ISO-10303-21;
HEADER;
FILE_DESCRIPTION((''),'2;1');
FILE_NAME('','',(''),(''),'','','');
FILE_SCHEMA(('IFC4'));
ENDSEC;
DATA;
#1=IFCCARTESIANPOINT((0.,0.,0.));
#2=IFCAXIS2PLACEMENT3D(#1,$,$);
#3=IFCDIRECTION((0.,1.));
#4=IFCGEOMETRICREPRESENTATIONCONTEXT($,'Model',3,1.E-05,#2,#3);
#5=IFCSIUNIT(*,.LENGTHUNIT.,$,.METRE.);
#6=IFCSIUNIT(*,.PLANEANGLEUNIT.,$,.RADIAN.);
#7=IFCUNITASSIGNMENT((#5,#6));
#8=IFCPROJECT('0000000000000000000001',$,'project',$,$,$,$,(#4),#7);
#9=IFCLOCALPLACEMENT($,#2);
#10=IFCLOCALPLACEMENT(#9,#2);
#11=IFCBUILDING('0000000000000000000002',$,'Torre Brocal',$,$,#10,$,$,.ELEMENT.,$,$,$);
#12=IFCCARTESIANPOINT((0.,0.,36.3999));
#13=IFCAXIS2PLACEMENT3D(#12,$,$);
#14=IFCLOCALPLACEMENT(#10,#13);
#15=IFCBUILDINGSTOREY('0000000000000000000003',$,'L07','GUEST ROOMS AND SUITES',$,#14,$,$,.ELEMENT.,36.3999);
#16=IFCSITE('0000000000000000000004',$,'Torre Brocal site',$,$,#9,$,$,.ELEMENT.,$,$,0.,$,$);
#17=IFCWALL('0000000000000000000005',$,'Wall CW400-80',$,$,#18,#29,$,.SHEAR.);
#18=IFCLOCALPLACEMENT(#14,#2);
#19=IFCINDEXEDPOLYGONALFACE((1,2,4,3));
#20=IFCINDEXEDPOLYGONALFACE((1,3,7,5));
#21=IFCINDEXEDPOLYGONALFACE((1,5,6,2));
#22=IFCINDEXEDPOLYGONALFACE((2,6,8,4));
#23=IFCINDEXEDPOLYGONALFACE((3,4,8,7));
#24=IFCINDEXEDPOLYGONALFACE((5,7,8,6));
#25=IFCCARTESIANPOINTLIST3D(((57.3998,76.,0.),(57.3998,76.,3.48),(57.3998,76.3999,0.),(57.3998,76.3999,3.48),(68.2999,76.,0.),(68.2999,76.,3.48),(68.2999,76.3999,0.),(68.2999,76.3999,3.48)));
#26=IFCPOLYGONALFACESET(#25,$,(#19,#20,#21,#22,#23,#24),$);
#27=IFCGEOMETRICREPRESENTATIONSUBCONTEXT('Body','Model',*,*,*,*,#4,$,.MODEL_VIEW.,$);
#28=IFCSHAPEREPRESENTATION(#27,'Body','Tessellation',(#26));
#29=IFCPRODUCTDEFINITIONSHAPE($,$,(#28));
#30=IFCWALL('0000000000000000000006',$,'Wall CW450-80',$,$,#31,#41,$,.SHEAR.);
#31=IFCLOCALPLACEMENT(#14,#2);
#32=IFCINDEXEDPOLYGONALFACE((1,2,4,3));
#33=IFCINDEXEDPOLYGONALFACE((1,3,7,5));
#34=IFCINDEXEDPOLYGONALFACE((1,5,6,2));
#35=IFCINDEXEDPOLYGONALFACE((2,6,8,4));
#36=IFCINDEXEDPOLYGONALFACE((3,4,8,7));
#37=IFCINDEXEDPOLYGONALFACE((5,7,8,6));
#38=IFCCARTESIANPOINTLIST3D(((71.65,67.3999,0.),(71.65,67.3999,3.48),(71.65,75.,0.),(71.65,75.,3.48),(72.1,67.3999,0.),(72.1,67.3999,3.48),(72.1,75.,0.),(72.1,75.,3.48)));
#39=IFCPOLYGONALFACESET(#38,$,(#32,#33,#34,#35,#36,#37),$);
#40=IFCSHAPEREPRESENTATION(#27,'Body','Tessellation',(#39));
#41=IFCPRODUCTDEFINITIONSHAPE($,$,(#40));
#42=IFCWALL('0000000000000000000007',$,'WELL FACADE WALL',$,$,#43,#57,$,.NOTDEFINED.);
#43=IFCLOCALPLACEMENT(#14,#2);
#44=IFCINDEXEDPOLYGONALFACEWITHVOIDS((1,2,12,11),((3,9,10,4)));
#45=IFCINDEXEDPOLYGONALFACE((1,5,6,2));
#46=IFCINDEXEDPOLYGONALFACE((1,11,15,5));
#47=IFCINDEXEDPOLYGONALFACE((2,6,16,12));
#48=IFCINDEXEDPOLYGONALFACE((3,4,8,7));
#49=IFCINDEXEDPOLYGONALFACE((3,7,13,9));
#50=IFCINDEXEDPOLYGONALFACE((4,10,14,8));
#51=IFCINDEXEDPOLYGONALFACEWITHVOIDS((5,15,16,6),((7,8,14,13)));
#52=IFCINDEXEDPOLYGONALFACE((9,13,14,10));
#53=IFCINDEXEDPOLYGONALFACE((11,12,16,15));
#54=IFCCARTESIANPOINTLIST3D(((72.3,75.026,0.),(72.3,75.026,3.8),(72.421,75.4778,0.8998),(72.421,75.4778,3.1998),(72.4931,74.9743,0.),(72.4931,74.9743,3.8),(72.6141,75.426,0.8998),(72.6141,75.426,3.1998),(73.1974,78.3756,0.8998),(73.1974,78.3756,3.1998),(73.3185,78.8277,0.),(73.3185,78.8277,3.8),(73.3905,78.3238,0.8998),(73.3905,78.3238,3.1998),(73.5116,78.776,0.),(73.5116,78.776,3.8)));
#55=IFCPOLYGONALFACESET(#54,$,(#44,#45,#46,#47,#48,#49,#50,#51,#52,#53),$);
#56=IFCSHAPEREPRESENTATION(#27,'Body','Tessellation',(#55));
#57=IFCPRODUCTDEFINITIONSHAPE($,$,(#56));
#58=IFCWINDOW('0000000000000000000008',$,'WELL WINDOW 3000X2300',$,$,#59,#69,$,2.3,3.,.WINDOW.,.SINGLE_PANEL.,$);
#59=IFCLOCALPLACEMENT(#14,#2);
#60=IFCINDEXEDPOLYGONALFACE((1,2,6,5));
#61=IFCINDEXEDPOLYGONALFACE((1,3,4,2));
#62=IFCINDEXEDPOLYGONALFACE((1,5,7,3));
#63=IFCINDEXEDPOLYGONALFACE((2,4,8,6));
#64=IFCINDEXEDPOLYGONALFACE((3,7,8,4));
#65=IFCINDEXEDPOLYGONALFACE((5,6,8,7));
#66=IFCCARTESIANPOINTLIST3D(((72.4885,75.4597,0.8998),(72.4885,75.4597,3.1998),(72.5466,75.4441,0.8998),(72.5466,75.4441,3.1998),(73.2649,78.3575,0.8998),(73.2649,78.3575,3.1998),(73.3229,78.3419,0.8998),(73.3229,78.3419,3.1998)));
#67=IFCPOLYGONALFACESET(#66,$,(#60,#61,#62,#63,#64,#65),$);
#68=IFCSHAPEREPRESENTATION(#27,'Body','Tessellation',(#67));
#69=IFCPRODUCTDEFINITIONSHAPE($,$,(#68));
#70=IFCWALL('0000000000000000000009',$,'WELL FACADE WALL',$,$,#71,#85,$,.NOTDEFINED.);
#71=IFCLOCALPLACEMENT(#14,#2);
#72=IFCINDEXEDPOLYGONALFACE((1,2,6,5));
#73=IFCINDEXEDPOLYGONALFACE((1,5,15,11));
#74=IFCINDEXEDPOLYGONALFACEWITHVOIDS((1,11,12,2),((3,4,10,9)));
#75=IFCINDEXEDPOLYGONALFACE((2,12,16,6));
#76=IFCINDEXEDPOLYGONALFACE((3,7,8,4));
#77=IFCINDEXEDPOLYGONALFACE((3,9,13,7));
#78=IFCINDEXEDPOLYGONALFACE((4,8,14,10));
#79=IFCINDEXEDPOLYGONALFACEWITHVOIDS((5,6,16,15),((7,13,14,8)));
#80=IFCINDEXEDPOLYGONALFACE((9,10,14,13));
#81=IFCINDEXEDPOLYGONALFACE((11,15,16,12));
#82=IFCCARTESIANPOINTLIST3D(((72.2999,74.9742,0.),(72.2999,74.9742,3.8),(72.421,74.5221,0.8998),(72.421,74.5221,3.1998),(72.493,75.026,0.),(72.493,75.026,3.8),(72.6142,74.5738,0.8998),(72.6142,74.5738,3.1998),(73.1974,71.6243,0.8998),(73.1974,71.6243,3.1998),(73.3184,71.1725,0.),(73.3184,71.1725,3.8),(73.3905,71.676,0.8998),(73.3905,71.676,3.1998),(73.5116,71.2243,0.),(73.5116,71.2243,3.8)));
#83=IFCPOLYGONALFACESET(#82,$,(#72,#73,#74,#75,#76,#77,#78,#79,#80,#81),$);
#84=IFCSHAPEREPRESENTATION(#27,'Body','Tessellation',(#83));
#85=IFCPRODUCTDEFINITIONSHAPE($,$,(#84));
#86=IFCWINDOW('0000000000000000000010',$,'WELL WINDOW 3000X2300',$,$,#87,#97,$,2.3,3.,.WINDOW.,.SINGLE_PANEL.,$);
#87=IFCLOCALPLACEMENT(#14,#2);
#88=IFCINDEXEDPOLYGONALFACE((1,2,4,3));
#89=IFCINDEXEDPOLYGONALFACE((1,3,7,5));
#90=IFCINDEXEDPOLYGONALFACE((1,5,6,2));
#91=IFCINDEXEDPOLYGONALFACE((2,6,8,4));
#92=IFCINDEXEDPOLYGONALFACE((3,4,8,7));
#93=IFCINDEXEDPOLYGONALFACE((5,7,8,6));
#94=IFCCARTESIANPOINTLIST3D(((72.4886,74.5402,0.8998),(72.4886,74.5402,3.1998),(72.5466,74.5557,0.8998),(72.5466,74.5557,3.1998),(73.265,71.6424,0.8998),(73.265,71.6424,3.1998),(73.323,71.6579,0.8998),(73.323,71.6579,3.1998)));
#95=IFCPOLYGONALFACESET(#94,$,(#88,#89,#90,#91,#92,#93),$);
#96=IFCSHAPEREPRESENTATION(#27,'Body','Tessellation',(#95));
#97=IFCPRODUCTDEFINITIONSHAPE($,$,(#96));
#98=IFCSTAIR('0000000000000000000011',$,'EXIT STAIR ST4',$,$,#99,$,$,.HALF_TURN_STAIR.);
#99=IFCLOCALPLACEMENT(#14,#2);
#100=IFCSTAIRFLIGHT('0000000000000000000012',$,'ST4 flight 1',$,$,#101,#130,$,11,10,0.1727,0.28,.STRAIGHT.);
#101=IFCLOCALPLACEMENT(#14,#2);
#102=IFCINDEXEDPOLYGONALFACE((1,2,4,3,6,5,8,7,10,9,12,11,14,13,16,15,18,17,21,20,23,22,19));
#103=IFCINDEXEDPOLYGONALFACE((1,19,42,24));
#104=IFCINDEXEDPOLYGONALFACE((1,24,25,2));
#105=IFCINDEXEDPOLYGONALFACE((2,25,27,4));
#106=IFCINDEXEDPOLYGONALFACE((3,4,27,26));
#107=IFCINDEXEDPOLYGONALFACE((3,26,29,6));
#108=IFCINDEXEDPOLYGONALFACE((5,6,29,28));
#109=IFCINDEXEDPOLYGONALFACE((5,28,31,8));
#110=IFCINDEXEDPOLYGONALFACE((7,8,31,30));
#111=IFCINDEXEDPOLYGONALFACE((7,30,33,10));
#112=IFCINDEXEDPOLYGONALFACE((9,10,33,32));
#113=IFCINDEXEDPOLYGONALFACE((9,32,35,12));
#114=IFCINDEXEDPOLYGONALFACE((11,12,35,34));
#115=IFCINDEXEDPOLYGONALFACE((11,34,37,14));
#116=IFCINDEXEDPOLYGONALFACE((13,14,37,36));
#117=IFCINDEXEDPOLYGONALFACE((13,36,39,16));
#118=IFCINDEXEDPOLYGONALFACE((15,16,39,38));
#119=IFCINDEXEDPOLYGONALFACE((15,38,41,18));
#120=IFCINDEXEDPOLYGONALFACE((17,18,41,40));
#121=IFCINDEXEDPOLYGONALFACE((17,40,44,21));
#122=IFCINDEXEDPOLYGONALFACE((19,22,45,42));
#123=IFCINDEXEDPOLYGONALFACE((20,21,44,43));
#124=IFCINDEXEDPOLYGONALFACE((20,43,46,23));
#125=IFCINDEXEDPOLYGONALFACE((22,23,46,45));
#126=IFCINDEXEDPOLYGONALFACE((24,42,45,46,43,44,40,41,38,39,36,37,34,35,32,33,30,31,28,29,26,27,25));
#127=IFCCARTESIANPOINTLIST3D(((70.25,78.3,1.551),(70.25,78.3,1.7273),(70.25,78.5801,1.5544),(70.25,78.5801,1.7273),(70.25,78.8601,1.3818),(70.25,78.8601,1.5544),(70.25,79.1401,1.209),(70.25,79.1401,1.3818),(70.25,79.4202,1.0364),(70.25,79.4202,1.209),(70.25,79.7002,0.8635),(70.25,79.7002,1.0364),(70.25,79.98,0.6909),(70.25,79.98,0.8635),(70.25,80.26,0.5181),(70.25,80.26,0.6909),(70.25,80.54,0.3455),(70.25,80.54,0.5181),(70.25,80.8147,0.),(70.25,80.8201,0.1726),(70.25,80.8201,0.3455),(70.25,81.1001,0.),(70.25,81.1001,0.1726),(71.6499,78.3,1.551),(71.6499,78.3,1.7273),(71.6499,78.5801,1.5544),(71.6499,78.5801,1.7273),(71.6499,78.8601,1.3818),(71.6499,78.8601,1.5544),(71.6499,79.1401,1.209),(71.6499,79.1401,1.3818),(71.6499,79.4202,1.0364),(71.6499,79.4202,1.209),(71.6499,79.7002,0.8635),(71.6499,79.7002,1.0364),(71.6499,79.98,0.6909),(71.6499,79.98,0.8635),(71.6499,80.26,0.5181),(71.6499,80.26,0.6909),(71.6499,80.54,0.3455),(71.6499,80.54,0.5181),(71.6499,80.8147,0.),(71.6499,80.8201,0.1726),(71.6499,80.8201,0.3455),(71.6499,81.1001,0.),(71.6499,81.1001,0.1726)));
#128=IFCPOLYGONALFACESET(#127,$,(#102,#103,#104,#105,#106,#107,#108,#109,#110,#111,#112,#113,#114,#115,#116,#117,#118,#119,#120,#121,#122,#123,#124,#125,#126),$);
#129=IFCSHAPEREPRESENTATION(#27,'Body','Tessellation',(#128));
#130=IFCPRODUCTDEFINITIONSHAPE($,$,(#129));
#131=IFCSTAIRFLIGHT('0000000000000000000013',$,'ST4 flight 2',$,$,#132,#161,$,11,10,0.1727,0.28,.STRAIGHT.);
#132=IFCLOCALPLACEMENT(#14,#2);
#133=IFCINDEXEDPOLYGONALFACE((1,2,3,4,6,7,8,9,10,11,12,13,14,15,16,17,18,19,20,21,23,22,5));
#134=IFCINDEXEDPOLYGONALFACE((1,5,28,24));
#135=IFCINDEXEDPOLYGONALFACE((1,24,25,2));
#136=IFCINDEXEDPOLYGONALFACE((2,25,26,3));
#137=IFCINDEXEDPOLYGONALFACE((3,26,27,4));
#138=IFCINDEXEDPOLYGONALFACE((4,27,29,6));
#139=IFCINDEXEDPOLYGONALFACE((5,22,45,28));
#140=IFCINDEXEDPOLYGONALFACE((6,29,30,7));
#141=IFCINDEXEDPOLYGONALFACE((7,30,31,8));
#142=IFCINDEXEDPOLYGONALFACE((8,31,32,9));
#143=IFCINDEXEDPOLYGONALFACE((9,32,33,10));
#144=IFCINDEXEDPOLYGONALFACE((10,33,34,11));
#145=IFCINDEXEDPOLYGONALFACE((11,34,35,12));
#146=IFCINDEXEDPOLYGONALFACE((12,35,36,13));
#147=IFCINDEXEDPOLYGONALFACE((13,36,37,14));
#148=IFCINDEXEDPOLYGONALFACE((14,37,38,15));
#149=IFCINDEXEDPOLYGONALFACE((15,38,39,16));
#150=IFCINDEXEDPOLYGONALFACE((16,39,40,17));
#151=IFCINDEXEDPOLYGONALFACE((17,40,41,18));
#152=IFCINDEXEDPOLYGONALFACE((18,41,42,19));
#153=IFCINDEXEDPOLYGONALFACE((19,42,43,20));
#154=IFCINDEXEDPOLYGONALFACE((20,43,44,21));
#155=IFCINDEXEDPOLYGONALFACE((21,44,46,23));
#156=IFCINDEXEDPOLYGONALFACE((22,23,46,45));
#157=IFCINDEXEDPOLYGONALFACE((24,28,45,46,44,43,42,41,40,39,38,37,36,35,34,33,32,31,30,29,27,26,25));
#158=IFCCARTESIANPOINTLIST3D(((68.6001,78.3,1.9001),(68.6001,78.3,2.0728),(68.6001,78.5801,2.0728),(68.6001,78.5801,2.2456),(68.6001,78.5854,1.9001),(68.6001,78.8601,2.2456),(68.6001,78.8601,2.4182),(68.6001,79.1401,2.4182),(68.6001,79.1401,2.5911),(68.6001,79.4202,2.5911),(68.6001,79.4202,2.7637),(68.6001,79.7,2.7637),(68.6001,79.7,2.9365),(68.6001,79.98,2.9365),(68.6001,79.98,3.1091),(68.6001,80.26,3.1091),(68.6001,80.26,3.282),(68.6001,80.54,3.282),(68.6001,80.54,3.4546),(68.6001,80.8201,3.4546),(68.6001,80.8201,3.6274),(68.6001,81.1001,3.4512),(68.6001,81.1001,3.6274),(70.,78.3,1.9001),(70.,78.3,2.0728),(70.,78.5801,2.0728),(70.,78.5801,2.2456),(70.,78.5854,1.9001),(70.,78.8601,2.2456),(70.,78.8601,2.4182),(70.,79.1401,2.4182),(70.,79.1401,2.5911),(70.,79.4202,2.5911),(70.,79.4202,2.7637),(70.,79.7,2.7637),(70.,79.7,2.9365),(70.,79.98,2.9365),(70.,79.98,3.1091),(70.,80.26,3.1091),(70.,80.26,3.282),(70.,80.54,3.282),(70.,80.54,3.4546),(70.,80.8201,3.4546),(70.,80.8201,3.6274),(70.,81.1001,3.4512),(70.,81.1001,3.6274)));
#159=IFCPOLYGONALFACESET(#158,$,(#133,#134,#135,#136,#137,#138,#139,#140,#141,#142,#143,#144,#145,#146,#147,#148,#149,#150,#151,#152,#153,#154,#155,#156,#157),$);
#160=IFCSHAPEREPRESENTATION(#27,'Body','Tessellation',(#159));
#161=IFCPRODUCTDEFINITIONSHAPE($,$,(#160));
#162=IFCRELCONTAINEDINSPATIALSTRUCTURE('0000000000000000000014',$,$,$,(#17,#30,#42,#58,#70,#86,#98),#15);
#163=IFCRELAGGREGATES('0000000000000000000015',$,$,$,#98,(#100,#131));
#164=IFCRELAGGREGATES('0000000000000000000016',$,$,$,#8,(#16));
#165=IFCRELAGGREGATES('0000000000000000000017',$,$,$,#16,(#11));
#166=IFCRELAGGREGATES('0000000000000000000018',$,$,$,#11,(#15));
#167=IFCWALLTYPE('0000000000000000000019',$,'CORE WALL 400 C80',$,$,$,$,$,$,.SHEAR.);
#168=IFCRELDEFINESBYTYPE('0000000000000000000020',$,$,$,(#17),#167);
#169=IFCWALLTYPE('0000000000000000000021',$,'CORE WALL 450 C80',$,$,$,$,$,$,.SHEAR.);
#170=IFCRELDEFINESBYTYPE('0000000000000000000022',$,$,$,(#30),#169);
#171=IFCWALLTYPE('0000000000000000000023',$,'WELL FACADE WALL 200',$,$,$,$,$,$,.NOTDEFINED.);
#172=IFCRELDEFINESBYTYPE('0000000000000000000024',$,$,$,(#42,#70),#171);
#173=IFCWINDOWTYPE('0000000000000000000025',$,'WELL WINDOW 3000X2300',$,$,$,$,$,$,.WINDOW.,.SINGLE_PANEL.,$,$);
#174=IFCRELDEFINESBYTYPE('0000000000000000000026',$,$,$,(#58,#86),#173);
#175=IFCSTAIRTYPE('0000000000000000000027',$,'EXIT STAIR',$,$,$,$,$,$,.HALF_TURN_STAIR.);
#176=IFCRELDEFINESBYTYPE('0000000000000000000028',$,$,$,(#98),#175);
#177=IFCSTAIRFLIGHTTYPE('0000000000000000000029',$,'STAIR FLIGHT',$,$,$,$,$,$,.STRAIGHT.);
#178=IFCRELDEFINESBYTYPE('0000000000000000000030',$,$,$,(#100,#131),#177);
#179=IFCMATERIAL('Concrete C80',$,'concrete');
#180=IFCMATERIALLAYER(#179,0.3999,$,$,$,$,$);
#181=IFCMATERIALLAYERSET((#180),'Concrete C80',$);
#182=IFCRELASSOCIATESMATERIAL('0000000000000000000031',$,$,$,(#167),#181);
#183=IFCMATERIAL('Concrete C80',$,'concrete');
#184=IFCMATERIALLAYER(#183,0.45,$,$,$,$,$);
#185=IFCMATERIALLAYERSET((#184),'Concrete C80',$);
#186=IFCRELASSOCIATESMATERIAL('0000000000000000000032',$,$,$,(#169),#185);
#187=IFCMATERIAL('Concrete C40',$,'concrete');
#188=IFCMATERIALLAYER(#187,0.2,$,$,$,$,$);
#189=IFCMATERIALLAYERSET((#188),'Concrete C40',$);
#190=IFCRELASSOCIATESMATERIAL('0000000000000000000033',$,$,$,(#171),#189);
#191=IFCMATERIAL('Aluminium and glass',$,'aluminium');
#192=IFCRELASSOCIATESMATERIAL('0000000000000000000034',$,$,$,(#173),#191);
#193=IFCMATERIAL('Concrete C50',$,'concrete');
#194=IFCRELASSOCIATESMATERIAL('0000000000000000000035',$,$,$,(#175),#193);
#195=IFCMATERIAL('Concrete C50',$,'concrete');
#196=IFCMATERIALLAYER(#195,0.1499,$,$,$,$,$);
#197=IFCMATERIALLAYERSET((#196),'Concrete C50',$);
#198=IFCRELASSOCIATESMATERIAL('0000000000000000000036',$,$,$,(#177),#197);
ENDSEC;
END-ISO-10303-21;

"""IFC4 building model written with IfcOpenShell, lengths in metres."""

from ifc_helpers import new_model, si_unit, direction, frame, frame_2d, origin, place, context, subcontext, project, spatial, polyline, rectangle, outline, extrude, material, layer, layer_set, type_object, element, fill, aggregate, save


model = new_model("IFC4")

# Units and contexts
model_context = context("Model", 3, precision=1e-05, world=origin(), true_north=direction((0.0, 1.0)))
body_context = subcontext(model_context, "Body", "Model", "MODEL_VIEW")
ifc_project = project(units=[si_unit("LENGTHUNIT", "METRE"), si_unit("PLANEANGLEUNIT", "RADIAN")], contexts=[model_context])

# Site, building, storey
site_placement = place(None, origin())
site = spatial("IfcSite", under=ifc_project, at=site_placement, Name="Torre Brocal site", CompositionType="ELEMENT", RefElevation=0.0)
building_placement = place(site_placement, origin())
building = spatial("IfcBuilding", under=site, at=building_placement, Name="Torre Brocal", CompositionType="ELEMENT")
storey_placement = place(building_placement, frame((0.0, 0.0, 36.3999)))
storey = spatial("IfcBuildingStorey", under=building, at=storey_placement, Name="L07", Description="GUEST ROOMS AND SUITES", CompositionType="ELEMENT", Elevation=36.3999)

# Walls
ifc_material_1 = material(Name="Concrete C80", Category="concrete")
ifc_layer_1 = layer(ifc_material_1, 0.3999)
ifc_layer_set_1 = layer_set([ifc_layer_1], Name="Concrete C80")
wall_type_1 = type_object("IfcWallType", Name="CORE WALL 400 C80", PredefinedType="SHEAR", material=ifc_layer_set_1)
wall_1_placement = place(storey_placement, frame((68.3, 76.2, 0.0), z_axis=(0.0, 0.0, 1.0), x_axis=(-1.0, 0.0, 0.0)))
element("IfcWall", 1, at=wall_1_placement, inside=storey, type_object=wall_type_1, Name="Wall CW400-80", PredefinedType="SHEAR", context=body_context, shape_type="SweptSolid", body=[
    extrude(rectangle(XDim=10.9001, YDim=0.3999, at=frame_2d((5.4502, 0.0))), origin(), (0.0, 0.0, 1.0), 3.48),
])
ifc_material_2 = material(Name="Concrete C80", Category="concrete")
ifc_layer_2 = layer(ifc_material_2, 0.45)
ifc_layer_set_2 = layer_set([ifc_layer_2], Name="Concrete C80")
wall_type_2 = type_object("IfcWallType", Name="CORE WALL 450 C80", PredefinedType="SHEAR", material=ifc_layer_set_2)
wall_2_placement = place(storey_placement, frame((71.875, 75.0, 0.0), z_axis=(0.0, 0.0, 1.0), x_axis=(0.0, -1.0, 0.0)))
element("IfcWall", 2, at=wall_2_placement, inside=storey, type_object=wall_type_2, Name="Wall CW450-80", PredefinedType="SHEAR", context=body_context, shape_type="SweptSolid", body=[
    extrude(rectangle(XDim=7.6001, YDim=0.45, at=frame_2d((3.8, 0.0))), origin(), (0.0, 0.0, 1.0), 3.48),
])

# Walls, openings, windows
ifc_material_3 = material(Name="Concrete C40", Category="concrete")
ifc_layer_3 = layer(ifc_material_3, 0.2)
ifc_layer_set_3 = layer_set([ifc_layer_3], Name="Concrete C40")
wall_type_3 = type_object("IfcWallType", Name="WELL FACADE WALL 200", PredefinedType="NOTDEFINED", material=ifc_layer_set_3)
wall_3_placement = place(storey_placement, frame((73.415, 78.8018, 0.0), z_axis=(0.0, 0.0, 1.0), x_axis=(-0.25879, -0.965934, 0.0)))
wall_3 = element("IfcWall", 3, at=wall_3_placement, inside=storey, type_object=wall_type_3, Name="WELL FACADE WALL", PredefinedType="NOTDEFINED", context=body_context, shape_type="SweptSolid", body=[
    extrude(rectangle(XDim=3.9358, YDim=0.2, at=frame_2d((1.9678, 0.0))), origin(), (0.0, 0.0, 1.0), 3.8),
])
opening_1_placement = place(wall_3_placement, frame((0.468, 0.0, 0.8999)))
opening_1 = element("IfcOpeningElement", 4, at=opening_1_placement, cuts=wall_3, PredefinedType="OPENING", context=body_context, shape_type="SweptSolid", body=[
    extrude(rectangle(XDim=3.0, YDim=2.3, at=frame_2d((1.5, 1.1499))), frame((0.0, 0.1099, 0.0), z_axis=(0.0, -1.0, 0.0), x_axis=(1.0, 0.0, 0.0)), (0.0, 0.0, 1.0), 0.22),
])
ifc_material_4 = material(Name="Aluminium and glass", Category="aluminium")
window_type = type_object("IfcWindowType", Name="WELL WINDOW 3000X2300", PartitioningType="SINGLE_PANEL", PredefinedType="WINDOW", material=ifc_material_4)
window_1_placement = place(opening_1_placement, origin())
window_1 = element("IfcWindow", 5, at=window_1_placement, inside=storey, type_object=window_type, Name="WELL WINDOW 3000X2300", OverallHeight=2.3, OverallWidth=3.0, PartitioningType="SINGLE_PANEL", PredefinedType="WINDOW", context=body_context, shape_type="SweptSolid", body=[
    extrude(rectangle(XDim=3.0, YDim=2.3, at=frame_2d((1.5, 1.1499))), frame((0.0, 0.03, 0.0), z_axis=(0.0, -1.0, 0.0), x_axis=(1.0, 0.0, 0.0)), (0.0, 0.0, 1.0), 0.0601),
])
fill(opening_1, window_1)
wall_4_placement = place(storey_placement, frame((72.3965, 75.0, 0.0), z_axis=(0.0, 0.0, 1.0), x_axis=(0.25879, -0.965934, 0.0)))
wall_4 = element("IfcWall", 6, at=wall_4_placement, inside=storey, type_object=wall_type_3, Name="WELL FACADE WALL", PredefinedType="NOTDEFINED", context=body_context, shape_type="SweptSolid", body=[
    extrude(rectangle(XDim=3.9358, YDim=0.2, at=frame_2d((1.9678, 0.0))), origin(), (0.0, 0.0, 1.0), 3.8),
])
opening_2_placement = place(wall_4_placement, frame((0.468, 0.0, 0.8999)))
opening_2 = element("IfcOpeningElement", 7, at=opening_2_placement, cuts=wall_4, PredefinedType="OPENING", context=body_context, shape_type="SweptSolid", body=[
    extrude(rectangle(XDim=3.0, YDim=2.3, at=frame_2d((1.5, 1.1499))), frame((0.0, 0.1099, 0.0), z_axis=(0.0, -1.0, 0.0), x_axis=(1.0, 0.0, 0.0)), (0.0, 0.0, 1.0), 0.22),
])
window_2_placement = place(opening_2_placement, origin())
window_2 = element("IfcWindow", 8, at=window_2_placement, inside=storey, type_object=window_type, Name="WELL WINDOW 3000X2300", OverallHeight=2.3, OverallWidth=3.0, PartitioningType="SINGLE_PANEL", PredefinedType="WINDOW", context=body_context, shape_type="SweptSolid", body=[
    extrude(rectangle(XDim=3.0, YDim=2.3, at=frame_2d((1.5, 1.1499))), frame((0.0, 0.03, 0.0), z_axis=(0.0, -1.0, 0.0), x_axis=(1.0, 0.0, 0.0)), (0.0, 0.0, 1.0), 0.0601),
])
fill(opening_2, window_2)

# Stair, stair flights
ifc_material_5 = material(Name="Concrete C50", Category="concrete")
stair_type = type_object("IfcStairType", Name="EXIT STAIR", PredefinedType="HALF_TURN_STAIR", material=ifc_material_5)
stair_placement = place(storey_placement, origin())
stair = element("IfcStair", 9, at=stair_placement, inside=storey, type_object=stair_type, Name="EXIT STAIR ST4", PredefinedType="HALF_TURN_STAIR")
ifc_material_6 = material(Name="Concrete C50", Category="concrete")
ifc_layer_4 = layer(ifc_material_6, 0.1499)
ifc_layer_set_4 = layer_set([ifc_layer_4], Name="Concrete C50")
stair_flight_type = type_object("IfcStairFlightType", Name="STAIR FLIGHT", PredefinedType="STRAIGHT", material=ifc_layer_set_4)
stair_flight_1_placement = place(storey_placement, frame((70.95, 81.1001, 0.0), z_axis=(0.0, 0.0, 1.0), x_axis=(0.0, -1.0, 0.0)))
stair_flight_1 = element("IfcStairFlight", 10, at=stair_flight_1_placement, type_object=stair_flight_type, Name="ST4 flight 1", NumberOfRisers=11, NumberOfTreads=10, PredefinedType="STRAIGHT", RiserHeight=0.1727, TreadLength=0.28, context=body_context, shape_type="SweptSolid", body=[
    extrude(outline(polyline([(0.0, 0.0), (0.0, 0.1726), (0.28, 0.1726), (0.28, 0.3455), (0.5601, 0.3455), (0.5601, 0.5181), (0.8401, 0.5181), (0.8401, 0.6909), (1.1201, 0.6909), (1.1201, 0.8635), (1.3999, 0.8635), (1.3999, 1.0364), (1.6799, 1.0364), (1.6799, 1.209), (1.96, 1.209), (1.96, 1.3818), (2.24, 1.3818), (2.24, 1.5544), (2.52, 1.5544), (2.52, 1.7273), (2.8, 1.7273), (2.8, 1.8999), (2.8, 1.551), (0.2854, 0.0), (0.0, 0.0)])), frame((0.0, 0.7, 0.0), z_axis=(0.0, -1.0, 0.0), x_axis=(1.0, 0.0, 0.0)), (0.0, 0.0, 1.0), 1.3999),
])
stair_flight_2_placement = place(storey_placement, frame((69.3, 78.3, 1.9001), z_axis=(0.0, 0.0, 1.0), x_axis=(0.0, 1.0, 0.0)))
stair_flight_2 = element("IfcStairFlight", 11, at=stair_flight_2_placement, type_object=stair_flight_type, Name="ST4 flight 2", NumberOfRisers=11, NumberOfTreads=10, PredefinedType="STRAIGHT", RiserHeight=0.1727, TreadLength=0.28, context=body_context, shape_type="SweptSolid", body=[
    extrude(outline(polyline([(0.0, 0.0), (0.0, 0.1726), (0.28, 0.1726), (0.28, 0.3455), (0.5601, 0.3455), (0.5601, 0.5181), (0.8401, 0.5181), (0.8401, 0.6909), (1.1201, 0.6909), (1.1201, 0.8635), (1.3999, 0.8635), (1.3999, 1.0364), (1.6799, 1.0364), (1.6799, 1.209), (1.96, 1.209), (1.96, 1.3818), (2.24, 1.3818), (2.24, 1.5544), (2.52, 1.5544), (2.52, 1.7273), (2.8, 1.7273), (2.8, 1.8999), (2.8, 1.551), (0.2854, 0.0), (0.0, 0.0)])), frame((0.0, 0.7, 0.0), z_axis=(0.0, -1.0, 0.0), x_axis=(1.0, 0.0, 0.0)), (0.0, 0.0, 1.0), 1.3999),
])
aggregate(stair, [stair_flight_1, stair_flight_2])

save(model, "model.ifc")
